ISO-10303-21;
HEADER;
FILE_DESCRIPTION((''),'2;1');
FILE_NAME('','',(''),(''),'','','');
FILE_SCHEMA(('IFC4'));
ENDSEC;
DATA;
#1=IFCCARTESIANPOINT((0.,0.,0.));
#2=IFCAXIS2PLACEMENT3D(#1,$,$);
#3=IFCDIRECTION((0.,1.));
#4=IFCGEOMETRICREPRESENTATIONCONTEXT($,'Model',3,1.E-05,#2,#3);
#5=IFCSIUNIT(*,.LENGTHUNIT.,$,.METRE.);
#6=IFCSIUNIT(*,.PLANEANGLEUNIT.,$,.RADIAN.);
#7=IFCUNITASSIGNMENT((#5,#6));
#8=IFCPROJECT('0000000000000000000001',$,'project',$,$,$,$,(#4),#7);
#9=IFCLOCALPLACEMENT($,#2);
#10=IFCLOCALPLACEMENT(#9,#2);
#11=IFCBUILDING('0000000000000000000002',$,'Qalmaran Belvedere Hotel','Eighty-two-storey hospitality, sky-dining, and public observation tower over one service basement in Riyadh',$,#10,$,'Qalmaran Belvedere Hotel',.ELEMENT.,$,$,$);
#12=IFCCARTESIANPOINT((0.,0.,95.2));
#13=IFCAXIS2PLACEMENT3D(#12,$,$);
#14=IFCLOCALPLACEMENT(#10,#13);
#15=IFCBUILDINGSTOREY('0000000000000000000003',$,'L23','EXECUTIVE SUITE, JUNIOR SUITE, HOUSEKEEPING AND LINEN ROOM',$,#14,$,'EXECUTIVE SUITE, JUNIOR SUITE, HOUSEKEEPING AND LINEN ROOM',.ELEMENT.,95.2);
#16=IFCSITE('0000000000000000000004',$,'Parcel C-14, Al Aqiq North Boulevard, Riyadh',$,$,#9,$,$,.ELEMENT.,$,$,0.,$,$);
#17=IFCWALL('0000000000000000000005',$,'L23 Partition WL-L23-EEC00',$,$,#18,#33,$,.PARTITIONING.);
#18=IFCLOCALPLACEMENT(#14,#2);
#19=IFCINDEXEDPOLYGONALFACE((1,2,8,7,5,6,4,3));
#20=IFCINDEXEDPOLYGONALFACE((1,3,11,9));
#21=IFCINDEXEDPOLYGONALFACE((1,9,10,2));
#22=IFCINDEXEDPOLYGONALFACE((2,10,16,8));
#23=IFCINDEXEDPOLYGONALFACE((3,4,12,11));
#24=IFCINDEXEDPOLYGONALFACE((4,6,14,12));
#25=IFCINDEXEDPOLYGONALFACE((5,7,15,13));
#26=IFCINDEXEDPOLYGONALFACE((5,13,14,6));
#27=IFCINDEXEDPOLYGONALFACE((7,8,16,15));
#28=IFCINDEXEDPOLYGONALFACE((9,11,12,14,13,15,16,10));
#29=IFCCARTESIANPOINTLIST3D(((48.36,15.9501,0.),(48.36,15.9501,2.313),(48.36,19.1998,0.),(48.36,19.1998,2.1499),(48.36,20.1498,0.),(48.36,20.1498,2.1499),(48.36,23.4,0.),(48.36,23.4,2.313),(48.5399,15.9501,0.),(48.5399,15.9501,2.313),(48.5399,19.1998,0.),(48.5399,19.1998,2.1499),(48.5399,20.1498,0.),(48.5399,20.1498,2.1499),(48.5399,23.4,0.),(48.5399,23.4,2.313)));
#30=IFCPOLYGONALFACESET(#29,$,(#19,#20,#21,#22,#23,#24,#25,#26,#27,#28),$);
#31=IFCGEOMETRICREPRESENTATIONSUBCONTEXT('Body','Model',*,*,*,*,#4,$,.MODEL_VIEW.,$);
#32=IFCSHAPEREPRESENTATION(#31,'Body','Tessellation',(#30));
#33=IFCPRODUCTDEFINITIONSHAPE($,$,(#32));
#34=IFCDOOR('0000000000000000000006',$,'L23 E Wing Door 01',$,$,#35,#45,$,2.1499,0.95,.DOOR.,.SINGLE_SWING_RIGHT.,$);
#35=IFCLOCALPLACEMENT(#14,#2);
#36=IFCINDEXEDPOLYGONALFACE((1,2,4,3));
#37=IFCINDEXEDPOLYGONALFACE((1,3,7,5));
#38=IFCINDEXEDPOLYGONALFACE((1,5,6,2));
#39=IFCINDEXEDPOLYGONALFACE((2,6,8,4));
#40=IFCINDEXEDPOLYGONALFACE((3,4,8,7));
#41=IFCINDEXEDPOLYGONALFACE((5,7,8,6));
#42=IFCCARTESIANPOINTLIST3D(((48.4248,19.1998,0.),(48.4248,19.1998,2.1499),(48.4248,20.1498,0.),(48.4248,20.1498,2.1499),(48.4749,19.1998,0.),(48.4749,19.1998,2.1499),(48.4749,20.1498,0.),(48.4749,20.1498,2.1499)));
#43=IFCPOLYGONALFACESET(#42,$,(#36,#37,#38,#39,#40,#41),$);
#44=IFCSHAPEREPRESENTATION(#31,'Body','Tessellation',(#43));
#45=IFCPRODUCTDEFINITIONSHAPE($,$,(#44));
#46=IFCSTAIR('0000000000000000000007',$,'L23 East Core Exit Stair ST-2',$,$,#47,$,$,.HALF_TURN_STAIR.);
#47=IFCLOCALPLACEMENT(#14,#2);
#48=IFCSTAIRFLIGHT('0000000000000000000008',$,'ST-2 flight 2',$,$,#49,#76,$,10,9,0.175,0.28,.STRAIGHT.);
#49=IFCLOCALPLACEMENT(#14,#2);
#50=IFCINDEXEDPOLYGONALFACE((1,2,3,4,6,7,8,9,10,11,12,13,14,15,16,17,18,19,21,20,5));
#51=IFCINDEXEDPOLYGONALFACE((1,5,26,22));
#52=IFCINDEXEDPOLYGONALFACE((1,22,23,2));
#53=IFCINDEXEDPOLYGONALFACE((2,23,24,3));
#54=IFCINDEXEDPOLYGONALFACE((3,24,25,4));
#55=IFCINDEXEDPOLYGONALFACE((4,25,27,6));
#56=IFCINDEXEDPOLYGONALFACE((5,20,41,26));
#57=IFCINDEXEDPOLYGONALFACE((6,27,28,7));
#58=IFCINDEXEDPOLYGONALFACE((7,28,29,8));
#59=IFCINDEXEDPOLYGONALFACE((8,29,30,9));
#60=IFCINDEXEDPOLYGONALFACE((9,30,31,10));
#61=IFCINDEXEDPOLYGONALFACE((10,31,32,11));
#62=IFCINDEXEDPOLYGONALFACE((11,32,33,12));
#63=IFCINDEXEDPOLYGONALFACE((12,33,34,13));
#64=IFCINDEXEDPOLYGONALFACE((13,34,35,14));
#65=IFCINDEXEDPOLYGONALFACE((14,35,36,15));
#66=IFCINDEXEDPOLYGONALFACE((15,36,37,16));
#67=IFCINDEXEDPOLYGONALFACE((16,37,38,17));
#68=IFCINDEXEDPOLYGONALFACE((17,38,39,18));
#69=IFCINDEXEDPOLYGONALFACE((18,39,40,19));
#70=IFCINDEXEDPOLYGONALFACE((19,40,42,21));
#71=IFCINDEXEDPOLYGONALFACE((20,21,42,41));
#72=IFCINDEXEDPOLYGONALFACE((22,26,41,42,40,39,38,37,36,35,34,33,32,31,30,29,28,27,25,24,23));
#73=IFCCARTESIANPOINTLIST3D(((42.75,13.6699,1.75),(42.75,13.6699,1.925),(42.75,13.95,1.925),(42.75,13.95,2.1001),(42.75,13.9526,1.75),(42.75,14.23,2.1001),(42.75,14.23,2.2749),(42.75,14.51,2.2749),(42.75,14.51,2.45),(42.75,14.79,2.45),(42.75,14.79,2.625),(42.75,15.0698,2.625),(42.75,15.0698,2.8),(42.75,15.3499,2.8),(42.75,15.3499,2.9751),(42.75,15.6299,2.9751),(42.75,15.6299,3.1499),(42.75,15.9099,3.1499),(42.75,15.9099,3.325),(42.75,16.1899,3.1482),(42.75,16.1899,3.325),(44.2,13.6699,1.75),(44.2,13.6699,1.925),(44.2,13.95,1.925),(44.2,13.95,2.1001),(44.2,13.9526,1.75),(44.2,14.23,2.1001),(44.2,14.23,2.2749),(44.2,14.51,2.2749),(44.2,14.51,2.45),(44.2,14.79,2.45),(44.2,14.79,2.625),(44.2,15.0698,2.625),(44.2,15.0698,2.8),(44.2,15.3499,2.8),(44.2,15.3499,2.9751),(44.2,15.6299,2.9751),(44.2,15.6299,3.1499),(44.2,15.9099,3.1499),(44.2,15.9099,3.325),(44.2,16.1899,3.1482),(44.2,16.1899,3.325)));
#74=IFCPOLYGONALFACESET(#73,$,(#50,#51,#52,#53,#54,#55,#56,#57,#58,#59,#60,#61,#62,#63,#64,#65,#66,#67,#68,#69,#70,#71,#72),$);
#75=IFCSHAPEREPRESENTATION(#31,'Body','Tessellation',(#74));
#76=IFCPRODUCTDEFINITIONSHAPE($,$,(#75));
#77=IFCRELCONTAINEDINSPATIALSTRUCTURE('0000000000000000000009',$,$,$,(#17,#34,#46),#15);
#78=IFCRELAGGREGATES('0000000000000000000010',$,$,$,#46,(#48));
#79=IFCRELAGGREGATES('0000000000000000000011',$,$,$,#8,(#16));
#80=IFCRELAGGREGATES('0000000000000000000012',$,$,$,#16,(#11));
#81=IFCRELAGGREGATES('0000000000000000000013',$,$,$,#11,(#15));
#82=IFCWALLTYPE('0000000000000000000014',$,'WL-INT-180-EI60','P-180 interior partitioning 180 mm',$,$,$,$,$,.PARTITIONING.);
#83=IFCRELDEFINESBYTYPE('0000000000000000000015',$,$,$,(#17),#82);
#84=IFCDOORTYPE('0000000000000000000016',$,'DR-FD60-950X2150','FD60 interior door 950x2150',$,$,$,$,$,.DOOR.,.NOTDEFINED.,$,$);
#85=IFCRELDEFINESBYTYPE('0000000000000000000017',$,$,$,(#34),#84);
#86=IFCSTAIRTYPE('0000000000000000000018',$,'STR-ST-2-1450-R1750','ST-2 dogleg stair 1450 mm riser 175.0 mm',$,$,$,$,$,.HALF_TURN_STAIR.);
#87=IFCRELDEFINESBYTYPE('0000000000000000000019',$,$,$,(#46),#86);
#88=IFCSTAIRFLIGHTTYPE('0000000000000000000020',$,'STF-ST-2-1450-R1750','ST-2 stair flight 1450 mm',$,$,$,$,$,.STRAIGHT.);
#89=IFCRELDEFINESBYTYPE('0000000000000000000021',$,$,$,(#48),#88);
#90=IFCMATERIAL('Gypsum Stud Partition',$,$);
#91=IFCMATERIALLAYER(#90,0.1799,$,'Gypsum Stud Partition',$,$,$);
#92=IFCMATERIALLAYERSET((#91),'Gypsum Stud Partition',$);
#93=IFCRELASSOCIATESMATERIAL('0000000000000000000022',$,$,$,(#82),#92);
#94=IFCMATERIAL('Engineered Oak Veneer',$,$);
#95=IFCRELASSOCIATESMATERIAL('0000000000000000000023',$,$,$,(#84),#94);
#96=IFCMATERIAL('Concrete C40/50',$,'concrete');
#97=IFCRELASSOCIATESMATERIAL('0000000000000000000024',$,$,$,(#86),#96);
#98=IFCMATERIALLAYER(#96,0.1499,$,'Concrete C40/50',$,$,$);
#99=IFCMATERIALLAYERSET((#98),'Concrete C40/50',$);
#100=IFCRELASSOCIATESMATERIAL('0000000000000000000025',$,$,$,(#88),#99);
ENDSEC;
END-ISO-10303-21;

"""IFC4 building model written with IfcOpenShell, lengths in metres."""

from ifc_helpers import new_model, si_unit, direction, frame, frame_2d, origin, place, context, subcontext, project, spatial, polyline, rectangle, outline, extrude, material, layer, layer_set, type_object, element, fill, aggregate, save


model = new_model("IFC4")

# Units and contexts
model_context = context("Model", 3, precision=1e-05, world=origin(), true_north=direction((0.0, 1.0)))
body_context = subcontext(model_context, "Body", "Model", "MODEL_VIEW")
ifc_project = project(units=[si_unit("LENGTHUNIT", "METRE"), si_unit("PLANEANGLEUNIT", "RADIAN")], contexts=[model_context])

# Site, building, storey
site_placement = place(None, origin())
site = spatial("IfcSite", under=ifc_project, at=site_placement, Name="Parcel C-14, Al Aqiq North Boulevard, Riyadh", CompositionType="ELEMENT", RefElevation=0.0)
building_placement = place(site_placement, origin())
building = spatial("IfcBuilding", under=site, at=building_placement, Name="Qalmaran Belvedere Hotel", Description="Eighty-two-storey hospitality, sky-dining, and public observation tower over one service basement in Riyadh", LongName="Qalmaran Belvedere Hotel", CompositionType="ELEMENT")
storey_placement = place(building_placement, frame((0.0, 0.0, 95.2)))
storey = spatial("IfcBuildingStorey", under=building, at=storey_placement, Name="L23", Description="EXECUTIVE SUITE, JUNIOR SUITE, HOUSEKEEPING AND LINEN ROOM", LongName="EXECUTIVE SUITE, JUNIOR SUITE, HOUSEKEEPING AND LINEN ROOM", CompositionType="ELEMENT", Elevation=95.2)

# Shared definitions
ifc_material_1 = material(Name="Engineered Oak Veneer")

# Shared definitions
ifc_material_2 = material(Name="Gypsum Stud Partition")

# Shared definitions
ifc_layer_1 = layer(ifc_material_2, 0.1799, Name="Gypsum Stud Partition")
ifc_layer_set_1 = layer_set([ifc_layer_1], Name="Gypsum Stud Partition")
wall_type_1 = type_object("IfcWallType", Name="WL-INT-180-EI60", Description="P-180 interior partitioning 180 mm", PredefinedType="PARTITIONING", material=ifc_layer_set_1)

# Wall, opening, door
wall_1_placement = place(storey_placement, frame((48.45, 15.95, 0.0), z_axis=(0.0, 0.0, 1.0), x_axis=(0.0, 1.0, 0.0)))
wall_1 = element("IfcWall", 1, at=wall_1_placement, inside=storey, type_object=wall_type_1, Name="L23 Partition WL-L23-EEC00", PredefinedType="PARTITIONING", context=body_context, shape_type="SweptSolid", body=[
    extrude(rectangle(XDim=7.45, YDim=0.1799, at=frame_2d((3.7251, 0.0))), origin(), (0.0, 0.0, 1.0), 2.313),
])
opening_1_placement = place(wall_1_placement, frame((4.2, 0.0, 0.0), z_axis=(0.0, 0.0, 1.0), x_axis=(-1.0, 0.0, 0.0)))
opening_1 = element("IfcOpeningElement", 2, at=opening_1_placement, cuts=wall_1, PredefinedType="OPENING", context=body_context, shape_type="SweptSolid", body=[
    extrude(rectangle(XDim=0.95, YDim=2.1499, at=frame_2d((0.4751, 1.075))), frame((0.0, 0.1001, 0.0), z_axis=(0.0, -1.0, 0.0), x_axis=(1.0, 0.0, 0.0)), (0.0, 0.0, 1.0), 0.2),
])
door_type_1 = type_object("IfcDoorType", Name="DR-FD60-950X2150", Description="FD60 interior door 950x2150", OperationType="NOTDEFINED", PredefinedType="DOOR", material=ifc_material_1)
door_1_placement = place(opening_1_placement, origin())
door_1 = element("IfcDoor", 3, at=door_1_placement, inside=storey, type_object=door_type_1, Name="L23 E Wing Door 01", OperationType="SINGLE_SWING_RIGHT", OverallHeight=2.1499, OverallWidth=0.95, PredefinedType="DOOR", context=body_context, shape_type="SweptSolid", body=[
    extrude(rectangle(XDim=0.95, YDim=2.1499, at=frame_2d((0.4751, 1.075))), frame((0.0, 0.0249, 0.0), z_axis=(0.0, -1.0, 0.0), x_axis=(1.0, 0.0, 0.0)), (0.0, 0.0, 1.0), 0.05),
])
fill(opening_1, door_1)

# Stair, stair flight
ifc_material_3 = material(Name="Concrete C40/50", Category="concrete")
stair_type = type_object("IfcStairType", Name="STR-ST-2-1450-R1750", Description="ST-2 dogleg stair 1450 mm riser 175.0 mm", PredefinedType="HALF_TURN_STAIR", material=ifc_material_3)
stair_placement = place(storey_placement, origin())
stair = element("IfcStair", 4, at=stair_placement, inside=storey, type_object=stair_type, Name="L23 East Core Exit Stair ST-2", PredefinedType="HALF_TURN_STAIR")
ifc_layer_2 = layer(ifc_material_3, 0.1499, Name="Concrete C40/50")
ifc_layer_set_2 = layer_set([ifc_layer_2], Name="Concrete C40/50")
stair_flight_type = type_object("IfcStairFlightType", Name="STF-ST-2-1450-R1750", Description="ST-2 stair flight 1450 mm", PredefinedType="STRAIGHT", material=ifc_layer_set_2)
stair_flight_placement = place(storey_placement, frame((43.4751, 13.6699, 1.75), z_axis=(0.0, 0.0, 1.0), x_axis=(0.0, 1.0, 0.0)))
stair_flight = element("IfcStairFlight", 5, at=stair_flight_placement, type_object=stair_flight_type, Name="ST-2 flight 2", NumberOfRisers=10, NumberOfTreads=9, PredefinedType="STRAIGHT", RiserHeight=0.175, TreadLength=0.28, context=body_context, shape_type="SweptSolid", body=[
    extrude(outline(polyline([(0.0, 0.0), (0.0, 0.175), (0.28, 0.175), (0.28, 0.3501), (0.5601, 0.3501), (0.5601, 0.5249), (0.8401, 0.5249), (0.8401, 0.7), (1.1201, 0.7), (1.1201, 0.875), (1.3999, 0.875), (1.3999, 1.05), (1.6799, 1.05), (1.6799, 1.2251), (1.96, 1.2251), (1.96, 1.3999), (2.24, 1.3999), (2.24, 1.575), (2.52, 1.575), (2.52, 1.75), (2.52, 1.3982), (0.2827, 0.0), (0.0, 0.0)])), frame((0.0, 0.7251, 0.0), z_axis=(0.0, -1.0, 0.0), x_axis=(1.0, 0.0, 0.0)), (0.0, 0.0, 1.0), 1.45),
])
aggregate(stair, [stair_flight])

save(model, "model.ifc")
